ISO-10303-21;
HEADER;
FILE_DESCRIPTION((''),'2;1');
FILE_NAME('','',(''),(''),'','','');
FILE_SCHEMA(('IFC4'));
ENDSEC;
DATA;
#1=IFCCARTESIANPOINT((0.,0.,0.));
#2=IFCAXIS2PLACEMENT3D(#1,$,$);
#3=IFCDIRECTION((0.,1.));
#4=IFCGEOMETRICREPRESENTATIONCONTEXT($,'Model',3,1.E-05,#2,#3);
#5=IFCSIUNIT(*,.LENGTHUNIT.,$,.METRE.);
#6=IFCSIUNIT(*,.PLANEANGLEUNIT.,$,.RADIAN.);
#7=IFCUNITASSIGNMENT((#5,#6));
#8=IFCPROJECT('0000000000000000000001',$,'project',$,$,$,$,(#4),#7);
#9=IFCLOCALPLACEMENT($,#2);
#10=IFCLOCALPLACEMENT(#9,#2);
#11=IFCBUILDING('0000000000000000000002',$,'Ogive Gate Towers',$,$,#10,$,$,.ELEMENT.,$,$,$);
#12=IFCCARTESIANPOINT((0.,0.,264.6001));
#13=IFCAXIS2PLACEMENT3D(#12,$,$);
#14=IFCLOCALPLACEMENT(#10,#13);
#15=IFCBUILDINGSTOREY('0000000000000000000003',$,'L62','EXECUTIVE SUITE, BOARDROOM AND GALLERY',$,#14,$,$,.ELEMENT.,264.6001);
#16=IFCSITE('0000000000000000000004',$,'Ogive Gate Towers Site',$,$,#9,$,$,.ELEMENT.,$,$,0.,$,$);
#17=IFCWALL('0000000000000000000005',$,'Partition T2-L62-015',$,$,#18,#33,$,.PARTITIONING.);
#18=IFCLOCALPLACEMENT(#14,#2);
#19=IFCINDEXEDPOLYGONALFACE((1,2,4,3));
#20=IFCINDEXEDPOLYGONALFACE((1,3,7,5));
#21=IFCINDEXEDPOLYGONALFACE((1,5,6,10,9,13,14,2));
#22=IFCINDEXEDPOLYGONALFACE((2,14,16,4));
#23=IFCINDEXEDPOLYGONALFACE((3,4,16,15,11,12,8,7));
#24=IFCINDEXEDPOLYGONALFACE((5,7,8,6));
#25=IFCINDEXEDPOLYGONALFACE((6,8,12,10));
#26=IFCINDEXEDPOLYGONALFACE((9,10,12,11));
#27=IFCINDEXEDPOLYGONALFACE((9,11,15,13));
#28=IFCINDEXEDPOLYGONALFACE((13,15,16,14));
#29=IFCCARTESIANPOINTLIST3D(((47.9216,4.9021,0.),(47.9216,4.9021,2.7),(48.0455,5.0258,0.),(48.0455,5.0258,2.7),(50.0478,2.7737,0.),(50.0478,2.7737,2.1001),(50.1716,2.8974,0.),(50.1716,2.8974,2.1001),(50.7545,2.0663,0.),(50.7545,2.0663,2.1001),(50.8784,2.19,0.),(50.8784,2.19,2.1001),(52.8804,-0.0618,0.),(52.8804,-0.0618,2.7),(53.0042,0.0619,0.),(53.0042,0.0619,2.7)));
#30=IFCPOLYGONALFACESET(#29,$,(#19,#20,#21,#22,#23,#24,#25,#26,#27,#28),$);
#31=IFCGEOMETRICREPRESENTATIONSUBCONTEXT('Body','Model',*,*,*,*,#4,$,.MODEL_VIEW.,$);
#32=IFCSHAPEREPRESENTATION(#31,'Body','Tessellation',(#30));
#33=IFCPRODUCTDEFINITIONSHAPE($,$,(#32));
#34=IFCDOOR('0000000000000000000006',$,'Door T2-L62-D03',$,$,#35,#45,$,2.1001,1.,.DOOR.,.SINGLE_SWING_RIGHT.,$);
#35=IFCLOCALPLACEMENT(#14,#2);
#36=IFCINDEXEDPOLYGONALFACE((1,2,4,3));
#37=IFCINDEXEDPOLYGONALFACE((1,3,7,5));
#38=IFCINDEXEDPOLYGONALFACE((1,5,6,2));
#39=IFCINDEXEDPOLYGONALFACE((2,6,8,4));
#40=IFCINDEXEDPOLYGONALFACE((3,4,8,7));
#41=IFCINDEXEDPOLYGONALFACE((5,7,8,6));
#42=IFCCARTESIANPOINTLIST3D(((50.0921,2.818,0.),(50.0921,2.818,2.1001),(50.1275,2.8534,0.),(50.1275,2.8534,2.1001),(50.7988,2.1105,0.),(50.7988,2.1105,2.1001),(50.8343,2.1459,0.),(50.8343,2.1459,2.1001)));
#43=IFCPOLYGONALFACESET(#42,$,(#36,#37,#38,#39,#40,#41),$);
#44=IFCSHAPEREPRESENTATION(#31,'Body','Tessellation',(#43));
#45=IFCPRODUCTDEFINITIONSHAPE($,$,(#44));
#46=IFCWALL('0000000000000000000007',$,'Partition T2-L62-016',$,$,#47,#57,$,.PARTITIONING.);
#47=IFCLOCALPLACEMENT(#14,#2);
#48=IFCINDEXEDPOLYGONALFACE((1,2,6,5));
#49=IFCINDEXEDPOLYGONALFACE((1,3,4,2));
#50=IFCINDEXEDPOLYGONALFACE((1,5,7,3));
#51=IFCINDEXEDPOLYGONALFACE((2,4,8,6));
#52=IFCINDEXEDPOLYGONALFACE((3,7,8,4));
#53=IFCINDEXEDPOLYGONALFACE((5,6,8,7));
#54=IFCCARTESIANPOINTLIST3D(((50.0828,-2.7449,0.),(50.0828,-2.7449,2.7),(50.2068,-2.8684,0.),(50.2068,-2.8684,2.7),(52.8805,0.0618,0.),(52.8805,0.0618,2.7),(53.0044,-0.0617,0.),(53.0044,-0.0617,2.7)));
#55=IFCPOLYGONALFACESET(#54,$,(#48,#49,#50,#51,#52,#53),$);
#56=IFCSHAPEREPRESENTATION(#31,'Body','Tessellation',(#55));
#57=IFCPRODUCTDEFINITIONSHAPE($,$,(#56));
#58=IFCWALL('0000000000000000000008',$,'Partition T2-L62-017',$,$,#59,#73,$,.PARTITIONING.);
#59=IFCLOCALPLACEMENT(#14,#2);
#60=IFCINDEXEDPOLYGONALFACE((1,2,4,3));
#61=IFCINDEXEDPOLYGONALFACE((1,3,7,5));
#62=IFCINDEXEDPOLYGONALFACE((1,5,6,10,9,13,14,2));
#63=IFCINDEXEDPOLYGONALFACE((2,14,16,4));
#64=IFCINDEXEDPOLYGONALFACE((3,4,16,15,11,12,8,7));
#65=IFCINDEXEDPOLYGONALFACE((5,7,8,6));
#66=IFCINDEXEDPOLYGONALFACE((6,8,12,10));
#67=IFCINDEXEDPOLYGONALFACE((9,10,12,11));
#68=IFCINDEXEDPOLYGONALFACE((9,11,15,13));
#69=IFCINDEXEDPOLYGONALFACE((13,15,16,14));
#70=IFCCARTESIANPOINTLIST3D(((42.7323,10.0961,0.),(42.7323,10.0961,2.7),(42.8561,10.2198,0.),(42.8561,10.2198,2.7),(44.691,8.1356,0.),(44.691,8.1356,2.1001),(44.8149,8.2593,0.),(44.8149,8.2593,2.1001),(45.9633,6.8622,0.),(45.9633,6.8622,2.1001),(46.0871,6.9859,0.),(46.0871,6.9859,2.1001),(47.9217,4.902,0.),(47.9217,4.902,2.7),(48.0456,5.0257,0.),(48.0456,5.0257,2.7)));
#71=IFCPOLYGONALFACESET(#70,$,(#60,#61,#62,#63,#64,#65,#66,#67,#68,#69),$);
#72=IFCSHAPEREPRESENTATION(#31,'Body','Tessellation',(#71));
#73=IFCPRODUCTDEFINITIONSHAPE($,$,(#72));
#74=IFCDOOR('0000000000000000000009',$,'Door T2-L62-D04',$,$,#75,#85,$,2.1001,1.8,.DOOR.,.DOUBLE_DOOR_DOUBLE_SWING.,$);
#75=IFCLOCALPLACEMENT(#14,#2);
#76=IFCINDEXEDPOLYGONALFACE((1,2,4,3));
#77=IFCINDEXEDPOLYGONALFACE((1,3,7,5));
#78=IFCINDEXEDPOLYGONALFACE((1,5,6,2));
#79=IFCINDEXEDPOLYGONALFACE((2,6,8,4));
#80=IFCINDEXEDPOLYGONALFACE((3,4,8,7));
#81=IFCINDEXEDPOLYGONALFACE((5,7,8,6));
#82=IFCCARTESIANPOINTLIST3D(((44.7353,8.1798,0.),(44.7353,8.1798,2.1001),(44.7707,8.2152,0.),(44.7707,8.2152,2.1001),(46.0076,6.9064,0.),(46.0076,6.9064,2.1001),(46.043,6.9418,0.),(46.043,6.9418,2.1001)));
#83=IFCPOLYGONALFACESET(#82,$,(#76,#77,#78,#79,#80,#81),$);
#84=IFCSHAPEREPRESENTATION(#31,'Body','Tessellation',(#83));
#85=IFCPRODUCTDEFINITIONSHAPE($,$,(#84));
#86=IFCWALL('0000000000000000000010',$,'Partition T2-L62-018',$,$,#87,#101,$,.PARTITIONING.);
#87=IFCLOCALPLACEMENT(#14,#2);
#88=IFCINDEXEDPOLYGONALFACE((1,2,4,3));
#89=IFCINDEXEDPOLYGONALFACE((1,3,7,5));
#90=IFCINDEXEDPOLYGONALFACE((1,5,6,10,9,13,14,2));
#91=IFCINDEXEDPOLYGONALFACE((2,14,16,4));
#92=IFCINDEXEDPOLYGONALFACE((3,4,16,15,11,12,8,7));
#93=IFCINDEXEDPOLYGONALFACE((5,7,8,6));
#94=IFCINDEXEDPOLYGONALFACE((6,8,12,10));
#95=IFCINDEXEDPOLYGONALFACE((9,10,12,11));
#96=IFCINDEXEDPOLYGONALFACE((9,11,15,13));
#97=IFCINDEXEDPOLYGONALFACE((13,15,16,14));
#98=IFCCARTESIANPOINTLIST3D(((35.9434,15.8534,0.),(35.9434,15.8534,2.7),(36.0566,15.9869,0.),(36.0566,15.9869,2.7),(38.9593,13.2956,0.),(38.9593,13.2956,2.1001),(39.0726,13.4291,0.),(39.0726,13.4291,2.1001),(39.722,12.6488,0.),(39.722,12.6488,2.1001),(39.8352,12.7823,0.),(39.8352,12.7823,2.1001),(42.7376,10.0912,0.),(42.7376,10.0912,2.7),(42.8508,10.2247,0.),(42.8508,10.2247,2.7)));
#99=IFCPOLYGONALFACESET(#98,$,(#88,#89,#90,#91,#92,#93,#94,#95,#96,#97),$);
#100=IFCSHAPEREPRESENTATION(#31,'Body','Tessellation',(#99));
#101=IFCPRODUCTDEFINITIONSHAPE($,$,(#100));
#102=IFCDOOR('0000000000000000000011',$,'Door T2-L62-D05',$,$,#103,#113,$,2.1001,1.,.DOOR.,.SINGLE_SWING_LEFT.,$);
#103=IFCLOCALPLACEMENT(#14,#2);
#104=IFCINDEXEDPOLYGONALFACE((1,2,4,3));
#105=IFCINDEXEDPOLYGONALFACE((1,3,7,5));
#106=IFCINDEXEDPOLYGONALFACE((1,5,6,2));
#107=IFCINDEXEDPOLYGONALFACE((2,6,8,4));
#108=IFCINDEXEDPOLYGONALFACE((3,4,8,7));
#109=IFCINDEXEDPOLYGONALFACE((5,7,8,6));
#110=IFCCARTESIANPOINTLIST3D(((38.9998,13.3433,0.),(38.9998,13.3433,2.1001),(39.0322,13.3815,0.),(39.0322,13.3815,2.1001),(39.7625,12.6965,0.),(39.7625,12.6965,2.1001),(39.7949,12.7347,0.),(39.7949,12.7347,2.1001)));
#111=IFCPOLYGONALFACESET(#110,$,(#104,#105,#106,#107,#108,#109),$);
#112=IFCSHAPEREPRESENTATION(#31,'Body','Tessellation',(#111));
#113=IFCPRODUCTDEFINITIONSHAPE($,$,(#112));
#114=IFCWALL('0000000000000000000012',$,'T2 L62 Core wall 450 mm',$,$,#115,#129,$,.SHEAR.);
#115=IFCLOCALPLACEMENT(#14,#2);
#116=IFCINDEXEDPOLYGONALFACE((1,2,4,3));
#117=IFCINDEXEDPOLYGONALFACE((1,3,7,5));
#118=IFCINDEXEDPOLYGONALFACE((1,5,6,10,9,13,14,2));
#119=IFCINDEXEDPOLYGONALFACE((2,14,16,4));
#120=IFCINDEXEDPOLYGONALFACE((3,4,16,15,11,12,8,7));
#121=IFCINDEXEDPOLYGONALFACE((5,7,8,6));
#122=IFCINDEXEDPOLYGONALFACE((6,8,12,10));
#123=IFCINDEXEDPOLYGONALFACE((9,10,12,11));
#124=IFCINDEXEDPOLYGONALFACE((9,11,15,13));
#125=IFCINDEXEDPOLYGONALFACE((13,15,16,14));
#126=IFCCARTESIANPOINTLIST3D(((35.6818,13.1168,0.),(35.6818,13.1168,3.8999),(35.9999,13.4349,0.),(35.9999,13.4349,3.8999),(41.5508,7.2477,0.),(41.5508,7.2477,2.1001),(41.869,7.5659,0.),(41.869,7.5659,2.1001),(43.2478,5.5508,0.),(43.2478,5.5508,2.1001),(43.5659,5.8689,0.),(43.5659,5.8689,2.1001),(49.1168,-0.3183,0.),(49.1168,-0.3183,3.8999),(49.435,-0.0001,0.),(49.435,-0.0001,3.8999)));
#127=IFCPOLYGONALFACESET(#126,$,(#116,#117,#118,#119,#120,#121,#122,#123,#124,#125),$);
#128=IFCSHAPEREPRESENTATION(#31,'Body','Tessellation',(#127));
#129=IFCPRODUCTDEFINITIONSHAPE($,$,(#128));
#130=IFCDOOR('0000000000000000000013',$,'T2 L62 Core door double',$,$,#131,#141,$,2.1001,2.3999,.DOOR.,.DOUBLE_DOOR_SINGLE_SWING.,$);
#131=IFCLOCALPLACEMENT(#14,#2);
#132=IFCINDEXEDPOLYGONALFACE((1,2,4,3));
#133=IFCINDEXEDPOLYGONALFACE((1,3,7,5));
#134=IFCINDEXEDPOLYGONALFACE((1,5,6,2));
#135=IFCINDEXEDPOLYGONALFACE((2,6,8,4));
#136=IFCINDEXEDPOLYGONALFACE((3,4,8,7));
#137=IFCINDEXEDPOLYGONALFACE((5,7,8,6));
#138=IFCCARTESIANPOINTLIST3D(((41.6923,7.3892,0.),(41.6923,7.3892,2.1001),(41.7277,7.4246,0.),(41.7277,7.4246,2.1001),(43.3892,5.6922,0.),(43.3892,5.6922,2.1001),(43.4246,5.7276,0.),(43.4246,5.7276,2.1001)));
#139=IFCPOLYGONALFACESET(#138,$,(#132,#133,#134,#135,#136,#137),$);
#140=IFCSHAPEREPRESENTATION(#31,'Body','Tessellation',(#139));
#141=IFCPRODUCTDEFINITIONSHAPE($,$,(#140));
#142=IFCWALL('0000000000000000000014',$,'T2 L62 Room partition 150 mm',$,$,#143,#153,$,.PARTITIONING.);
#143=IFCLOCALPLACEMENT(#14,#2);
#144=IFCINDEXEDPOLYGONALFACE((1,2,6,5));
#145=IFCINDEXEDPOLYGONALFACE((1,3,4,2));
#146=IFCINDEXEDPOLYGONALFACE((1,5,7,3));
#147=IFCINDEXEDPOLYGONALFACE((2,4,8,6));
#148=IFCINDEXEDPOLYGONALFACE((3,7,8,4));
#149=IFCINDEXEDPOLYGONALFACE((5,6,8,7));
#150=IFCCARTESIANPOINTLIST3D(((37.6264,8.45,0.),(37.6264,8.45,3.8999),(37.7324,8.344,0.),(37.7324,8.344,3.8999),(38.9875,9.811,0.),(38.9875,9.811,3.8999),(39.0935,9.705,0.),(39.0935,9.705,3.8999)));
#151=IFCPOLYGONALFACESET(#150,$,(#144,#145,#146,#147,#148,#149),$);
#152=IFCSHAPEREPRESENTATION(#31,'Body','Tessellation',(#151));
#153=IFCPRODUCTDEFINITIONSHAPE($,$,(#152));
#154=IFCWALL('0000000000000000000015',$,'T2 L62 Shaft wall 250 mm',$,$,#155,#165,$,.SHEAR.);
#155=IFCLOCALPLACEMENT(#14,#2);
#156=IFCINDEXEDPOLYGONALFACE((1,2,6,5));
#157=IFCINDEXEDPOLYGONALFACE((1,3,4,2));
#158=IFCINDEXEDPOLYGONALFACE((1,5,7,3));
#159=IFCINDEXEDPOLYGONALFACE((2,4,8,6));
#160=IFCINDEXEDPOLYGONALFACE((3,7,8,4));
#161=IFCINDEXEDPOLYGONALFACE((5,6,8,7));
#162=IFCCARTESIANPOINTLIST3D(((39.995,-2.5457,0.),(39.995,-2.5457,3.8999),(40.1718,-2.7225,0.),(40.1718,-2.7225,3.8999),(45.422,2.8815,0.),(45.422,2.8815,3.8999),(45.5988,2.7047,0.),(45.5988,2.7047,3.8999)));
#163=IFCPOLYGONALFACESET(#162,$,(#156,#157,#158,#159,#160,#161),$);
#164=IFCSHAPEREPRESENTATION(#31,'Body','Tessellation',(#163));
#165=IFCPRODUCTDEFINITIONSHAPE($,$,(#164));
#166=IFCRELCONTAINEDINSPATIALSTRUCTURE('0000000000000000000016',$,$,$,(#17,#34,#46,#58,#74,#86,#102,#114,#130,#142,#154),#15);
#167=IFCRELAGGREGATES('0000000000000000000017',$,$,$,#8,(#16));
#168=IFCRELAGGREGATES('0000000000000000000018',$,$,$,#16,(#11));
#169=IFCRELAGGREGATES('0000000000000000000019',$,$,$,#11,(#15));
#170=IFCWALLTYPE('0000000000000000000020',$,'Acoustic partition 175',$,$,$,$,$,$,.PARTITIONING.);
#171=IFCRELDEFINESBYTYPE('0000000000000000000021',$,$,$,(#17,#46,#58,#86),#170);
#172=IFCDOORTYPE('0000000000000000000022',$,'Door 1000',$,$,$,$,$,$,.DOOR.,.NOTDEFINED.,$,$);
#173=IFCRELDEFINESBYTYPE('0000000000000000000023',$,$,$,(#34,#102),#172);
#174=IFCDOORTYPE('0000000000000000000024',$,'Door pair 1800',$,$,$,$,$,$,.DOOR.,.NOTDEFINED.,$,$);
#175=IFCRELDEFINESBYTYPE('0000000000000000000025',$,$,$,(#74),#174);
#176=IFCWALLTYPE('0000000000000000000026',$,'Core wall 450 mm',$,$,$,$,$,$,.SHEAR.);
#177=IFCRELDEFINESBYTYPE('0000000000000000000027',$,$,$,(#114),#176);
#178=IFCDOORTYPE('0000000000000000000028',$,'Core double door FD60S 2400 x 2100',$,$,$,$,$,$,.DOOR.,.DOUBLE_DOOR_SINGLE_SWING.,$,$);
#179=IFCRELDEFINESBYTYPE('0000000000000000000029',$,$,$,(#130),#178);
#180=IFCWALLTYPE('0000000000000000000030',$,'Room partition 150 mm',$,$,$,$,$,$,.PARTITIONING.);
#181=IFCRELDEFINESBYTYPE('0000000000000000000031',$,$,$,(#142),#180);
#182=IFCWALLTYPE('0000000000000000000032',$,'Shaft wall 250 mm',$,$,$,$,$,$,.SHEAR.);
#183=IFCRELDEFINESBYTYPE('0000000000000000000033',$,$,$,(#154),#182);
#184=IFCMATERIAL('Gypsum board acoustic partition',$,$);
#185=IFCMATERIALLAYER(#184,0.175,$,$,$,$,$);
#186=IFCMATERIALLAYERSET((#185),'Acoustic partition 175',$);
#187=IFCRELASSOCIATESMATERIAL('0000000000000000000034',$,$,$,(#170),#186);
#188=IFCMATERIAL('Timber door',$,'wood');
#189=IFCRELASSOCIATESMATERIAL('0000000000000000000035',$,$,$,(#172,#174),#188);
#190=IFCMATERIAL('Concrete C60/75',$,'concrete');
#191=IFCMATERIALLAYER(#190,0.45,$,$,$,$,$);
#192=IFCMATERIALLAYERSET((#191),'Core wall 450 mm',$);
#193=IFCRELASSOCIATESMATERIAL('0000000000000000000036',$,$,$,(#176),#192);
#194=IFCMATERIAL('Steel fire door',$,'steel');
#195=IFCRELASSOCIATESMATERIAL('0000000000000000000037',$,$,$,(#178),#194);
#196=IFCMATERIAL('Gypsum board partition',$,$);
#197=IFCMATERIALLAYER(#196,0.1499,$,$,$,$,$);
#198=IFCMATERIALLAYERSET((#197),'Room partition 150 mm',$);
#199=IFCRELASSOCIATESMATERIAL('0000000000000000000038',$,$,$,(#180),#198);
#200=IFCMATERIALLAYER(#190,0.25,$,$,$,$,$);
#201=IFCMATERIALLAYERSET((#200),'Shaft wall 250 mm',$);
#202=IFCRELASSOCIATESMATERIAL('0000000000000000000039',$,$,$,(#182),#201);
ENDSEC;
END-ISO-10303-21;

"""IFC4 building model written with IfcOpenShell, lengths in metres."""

from ifc_helpers import new_model, si_unit, direction, frame, frame_2d, origin, place, context, subcontext, project, spatial, rectangle, extrude, material, layer, layer_set, type_object, element, fill, save


model = new_model("IFC4")

# Units and contexts
model_context = context("Model", 3, precision=1e-05, world=origin(), true_north=direction((0.0, 1.0)))
body_context = subcontext(model_context, "Body", "Model", "MODEL_VIEW")
ifc_project = project(units=[si_unit("LENGTHUNIT", "METRE"), si_unit("PLANEANGLEUNIT", "RADIAN")], contexts=[model_context])

# Site, building, storey
site_placement = place(None, origin())
site = spatial("IfcSite", under=ifc_project, at=site_placement, Name="Ogive Gate Towers Site", CompositionType="ELEMENT", RefElevation=0.0)
building_placement = place(site_placement, origin())
building = spatial("IfcBuilding", under=site, at=building_placement, Name="Ogive Gate Towers", CompositionType="ELEMENT")
storey_placement = place(building_placement, frame((0.0, 0.0, 264.6001)))
storey = spatial("IfcBuildingStorey", under=building, at=storey_placement, Name="L62", Description="EXECUTIVE SUITE, BOARDROOM AND GALLERY", CompositionType="ELEMENT", Elevation=264.6001)

# Shared definitions
ifc_material_1 = material(Name="Gypsum board acoustic partition")
ifc_layer_1 = layer(ifc_material_1, 0.175)
ifc_layer_set_1 = layer_set([ifc_layer_1], Name="Acoustic partition 175")
wall_type_1 = type_object("IfcWallType", Name="Acoustic partition 175", PredefinedType="PARTITIONING", material=ifc_layer_set_1)

# Wall, opening, door
wall_1_placement = place(storey_placement, frame((52.9424, 0.0, 0.0), z_axis=(0.0, 0.0, 1.0), x_axis=(-0.706741, 0.707472, 0.0)))
wall_1 = element("IfcWall", 1, at=wall_1_placement, inside=storey, type_object=wall_type_1, Name="Partition T2-L62-015", PredefinedType="PARTITIONING", context=body_context, shape_type="SweptSolid", body=[
    extrude(rectangle(XDim=7.0164, YDim=0.175, at=frame_2d((3.5083, 0.0))), origin(), (0.0, 0.0, 1.0), 2.7),
])
opening_1_placement = place(wall_1_placement, frame((3.0081, 0.0, 0.0)))
opening_1 = element("IfcOpeningElement", 2, at=opening_1_placement, cuts=wall_1, PredefinedType="OPENING", context=body_context, shape_type="SweptSolid", body=[
    extrude(rectangle(XDim=1.0, YDim=2.1001, at=frame_2d((0.5, 1.05))), frame((0.0, 0.0977, 0.0), z_axis=(0.0, -1.0, 0.0), x_axis=(1.0, 0.0, 0.0)), (0.0, 0.0, 1.0), 0.1951),
])
ifc_material_2 = material(Name="Timber door", Category="wood")
door_type_1 = type_object("IfcDoorType", Name="Door 1000", OperationType="NOTDEFINED", PredefinedType="DOOR", material=ifc_material_2)
door_1_placement = place(opening_1_placement, origin())
door_1 = element("IfcDoor", 3, at=door_1_placement, inside=storey, type_object=door_type_1, Name="Door T2-L62-D03", OperationType="SINGLE_SWING_RIGHT", OverallHeight=2.1001, OverallWidth=1.0, PredefinedType="DOOR", context=body_context, shape_type="SweptSolid", body=[
    extrude(rectangle(XDim=1.0, YDim=2.1001, at=frame_2d((0.5, 1.05))), frame((0.0, 0.0249, 0.0), z_axis=(0.0, -1.0, 0.0), x_axis=(1.0, 0.0, 0.0)), (0.0, 0.0, 1.0), 0.05),
])
fill(opening_1, door_1)

# Wall
wall_2_placement = place(storey_placement, frame((50.1448, -2.8066, 0.0), z_axis=(0.0, 0.0, 1.0), x_axis=(0.705966, 0.708246, 0.0)))
element("IfcWall", 4, at=wall_2_placement, inside=storey, type_object=wall_type_1, Name="Partition T2-L62-016", PredefinedType="PARTITIONING", context=body_context, shape_type="SweptSolid", body=[
    extrude(rectangle(XDim=3.9629, YDim=0.175, at=frame_2d((1.9814, 0.0))), origin(), (0.0, 0.0, 1.0), 2.7),
])

# Walls, openings, doors
wall_3_placement = place(storey_placement, frame((47.9836, 4.9639, 0.0), z_axis=(0.0, 0.0, 1.0), x_axis=(-0.706791, 0.707423, 0.0)))
wall_3 = element("IfcWall", 5, at=wall_3_placement, inside=storey, type_object=wall_type_1, Name="Partition T2-L62-017", PredefinedType="PARTITIONING", context=body_context, shape_type="SweptSolid", body=[
    extrude(rectangle(XDim=7.3423, YDim=0.175, at=frame_2d((3.6711, 0.0))), origin(), (0.0, 0.0, 1.0), 2.7),
])
opening_2_placement = place(wall_3_placement, frame((2.771, 0.0, 0.0)))
opening_2 = element("IfcOpeningElement", 6, at=opening_2_placement, cuts=wall_3, PredefinedType="OPENING", context=body_context, shape_type="SweptSolid", body=[
    extrude(rectangle(XDim=1.8, YDim=2.1001, at=frame_2d((0.8999, 1.05))), frame((0.0, 0.0977, 0.0), z_axis=(0.0, -1.0, 0.0), x_axis=(1.0, 0.0, 0.0)), (0.0, 0.0, 1.0), 0.1951),
])
door_type_2 = type_object("IfcDoorType", Name="Door pair 1800", OperationType="NOTDEFINED", PredefinedType="DOOR", material=ifc_material_2)
door_2_placement = place(opening_2_placement, origin())
door_2 = element("IfcDoor", 7, at=door_2_placement, inside=storey, type_object=door_type_2, Name="Door T2-L62-D04", OperationType="DOUBLE_DOOR_DOUBLE_SWING", OverallHeight=2.1001, OverallWidth=1.8, PredefinedType="DOOR", context=body_context, shape_type="SweptSolid", body=[
    extrude(rectangle(XDim=1.8, YDim=2.1001, at=frame_2d((0.8999, 1.05))), frame((0.0, 0.0249, 0.0), z_axis=(0.0, -1.0, 0.0), x_axis=(1.0, 0.0, 0.0)), (0.0, 0.0, 1.0), 0.05),
])
fill(opening_2, door_2)
wall_4_placement = place(storey_placement, frame((42.7942, 10.158, 0.0), z_axis=(0.0, 0.0, 1.0), x_axis=(-0.762651, 0.64681, 0.0)))
wall_4 = element("IfcWall", 8, at=wall_4_placement, inside=storey, type_object=wall_type_1, Name="Partition T2-L62-018", PredefinedType="PARTITIONING", context=body_context, shape_type="SweptSolid", body=[
    extrude(rectangle(XDim=8.9087, YDim=0.175, at=frame_2d((4.4543, 0.0))), origin(), (0.0, 0.0, 1.0), 2.7),
])
opening_3_placement = place(wall_4_placement, frame((3.9541, 0.0, 0.0)))
opening_3 = element("IfcOpeningElement", 9, at=opening_3_placement, cuts=wall_4, PredefinedType="OPENING", context=body_context, shape_type="SweptSolid", body=[
    extrude(rectangle(XDim=1.0, YDim=2.1001, at=frame_2d((0.5, 1.05))), frame((0.0, 0.0977, 0.0), z_axis=(0.0, -1.0, 0.0), x_axis=(1.0, 0.0, 0.0)), (0.0, 0.0, 1.0), 0.1951),
])
door_3_placement = place(opening_3_placement, origin())
door_3 = element("IfcDoor", 10, at=door_3_placement, inside=storey, type_object=door_type_1, Name="Door T2-L62-D05", OperationType="SINGLE_SWING_LEFT", OverallHeight=2.1001, OverallWidth=1.0, PredefinedType="DOOR", context=body_context, shape_type="SweptSolid", body=[
    extrude(rectangle(XDim=1.0, YDim=2.1001, at=frame_2d((0.5, 1.05))), frame((0.0, 0.0249, 0.0), z_axis=(0.0, -1.0, 0.0), x_axis=(1.0, 0.0, 0.0)), (0.0, 0.0, 1.0), 0.05),
])
fill(opening_3, door_3)
ifc_material_3 = material(Name="Concrete C60/75", Category="concrete")
ifc_layer_2 = layer(ifc_material_3, 0.45)
ifc_layer_set_2 = layer_set([ifc_layer_2], Name="Core wall 450 mm")
wall_type_2 = type_object("IfcWallType", Name="Core wall 450 mm", PredefinedType="SHEAR", material=ifc_layer_set_2)
wall_5_placement = place(storey_placement, frame((49.2759, -0.1592, 0.0), z_axis=(0.0, 0.0, 1.0), x_axis=(-0.707107, 0.707107, 0.0)))
wall_5 = element("IfcWall", 11, at=wall_5_placement, inside=storey, type_object=wall_type_2, Name="T2 L62 Core wall 450 mm", PredefinedType="SHEAR", context=body_context, shape_type="SweptSolid", body=[
    extrude(rectangle(XDim=19.0, YDim=0.45, at=frame_2d((9.5, 0.0))), origin(), (0.0, 0.0, 1.0), 3.8999),
])
opening_4_placement = place(wall_5_placement, frame((8.3, 0.0, 0.0)))
opening_4 = element("IfcOpeningElement", 12, at=opening_4_placement, cuts=wall_5, PredefinedType="OPENING", context=body_context, shape_type="SweptSolid", body=[
    extrude(rectangle(XDim=2.3999, YDim=2.1001, at=frame_2d((1.2, 1.05))), frame((0.0, 0.2349, 0.0), z_axis=(0.0, -1.0, 0.0), x_axis=(1.0, 0.0, 0.0)), (0.0, 0.0, 1.0), 0.47),
])
ifc_material_4 = material(Name="Steel fire door", Category="steel")
door_type_3 = type_object("IfcDoorType", Name="Core double door FD60S 2400 x 2100", OperationType="DOUBLE_DOOR_SINGLE_SWING", PredefinedType="DOOR", material=ifc_material_4)
door_4_placement = place(opening_4_placement, origin())
door_4 = element("IfcDoor", 13, at=door_4_placement, inside=storey, type_object=door_type_3, Name="T2 L62 Core door double", OperationType="DOUBLE_DOOR_SINGLE_SWING", OverallHeight=2.1001, OverallWidth=2.3999, PredefinedType="DOOR", context=body_context, shape_type="SweptSolid", body=[
    extrude(rectangle(XDim=2.3999, YDim=2.1001, at=frame_2d((1.2, 1.05))), frame((0.0, 0.0249, 0.0), z_axis=(0.0, -1.0, 0.0), x_axis=(1.0, 0.0, 0.0)), (0.0, 0.0, 1.0), 0.05),
])
fill(opening_4, door_4)

# Walls
ifc_material_5 = material(Name="Gypsum board partition")
ifc_layer_3 = layer(ifc_material_5, 0.1499)
ifc_layer_set_3 = layer_set([ifc_layer_3], Name="Room partition 150 mm")
wall_type_3 = type_object("IfcWallType", Name="Room partition 150 mm", PredefinedType="PARTITIONING", material=ifc_layer_set_3)
wall_6_placement = place(storey_placement, frame((37.6794, 8.397, 0.0), z_axis=(0.0, 0.0, 1.0), x_axis=(0.707107, 0.707107, 0.0)))
element("IfcWall", 14, at=wall_6_placement, inside=storey, type_object=wall_type_3, Name="T2 L62 Room partition 150 mm", PredefinedType="PARTITIONING", context=body_context, shape_type="SweptSolid", body=[
    extrude(rectangle(XDim=1.9248, YDim=0.1499, at=frame_2d((0.9624, 0.0))), origin(), (0.0, 0.0, 1.0), 3.8999),
])
ifc_layer_4 = layer(ifc_material_3, 0.25)
ifc_layer_set_4 = layer_set([ifc_layer_4], Name="Shaft wall 250 mm")
wall_type_4 = type_object("IfcWallType", Name="Shaft wall 250 mm", PredefinedType="SHEAR", material=ifc_layer_set_4)
wall_7_placement = place(storey_placement, frame((40.0835, -2.634, 0.0), z_axis=(0.0, 0.0, 1.0), x_axis=(0.707091, 0.707123, 0.0)))
element("IfcWall", 15, at=wall_7_placement, inside=storey, type_object=wall_type_4, Name="T2 L62 Shaft wall 250 mm", PredefinedType="SHEAR", context=body_context, shape_type="SweptSolid", body=[
    extrude(rectangle(XDim=7.675, YDim=0.25, at=frame_2d((3.8374, 0.0))), origin(), (0.0, 0.0, 1.0), 3.8999),
])

save(model, "model.ifc")
